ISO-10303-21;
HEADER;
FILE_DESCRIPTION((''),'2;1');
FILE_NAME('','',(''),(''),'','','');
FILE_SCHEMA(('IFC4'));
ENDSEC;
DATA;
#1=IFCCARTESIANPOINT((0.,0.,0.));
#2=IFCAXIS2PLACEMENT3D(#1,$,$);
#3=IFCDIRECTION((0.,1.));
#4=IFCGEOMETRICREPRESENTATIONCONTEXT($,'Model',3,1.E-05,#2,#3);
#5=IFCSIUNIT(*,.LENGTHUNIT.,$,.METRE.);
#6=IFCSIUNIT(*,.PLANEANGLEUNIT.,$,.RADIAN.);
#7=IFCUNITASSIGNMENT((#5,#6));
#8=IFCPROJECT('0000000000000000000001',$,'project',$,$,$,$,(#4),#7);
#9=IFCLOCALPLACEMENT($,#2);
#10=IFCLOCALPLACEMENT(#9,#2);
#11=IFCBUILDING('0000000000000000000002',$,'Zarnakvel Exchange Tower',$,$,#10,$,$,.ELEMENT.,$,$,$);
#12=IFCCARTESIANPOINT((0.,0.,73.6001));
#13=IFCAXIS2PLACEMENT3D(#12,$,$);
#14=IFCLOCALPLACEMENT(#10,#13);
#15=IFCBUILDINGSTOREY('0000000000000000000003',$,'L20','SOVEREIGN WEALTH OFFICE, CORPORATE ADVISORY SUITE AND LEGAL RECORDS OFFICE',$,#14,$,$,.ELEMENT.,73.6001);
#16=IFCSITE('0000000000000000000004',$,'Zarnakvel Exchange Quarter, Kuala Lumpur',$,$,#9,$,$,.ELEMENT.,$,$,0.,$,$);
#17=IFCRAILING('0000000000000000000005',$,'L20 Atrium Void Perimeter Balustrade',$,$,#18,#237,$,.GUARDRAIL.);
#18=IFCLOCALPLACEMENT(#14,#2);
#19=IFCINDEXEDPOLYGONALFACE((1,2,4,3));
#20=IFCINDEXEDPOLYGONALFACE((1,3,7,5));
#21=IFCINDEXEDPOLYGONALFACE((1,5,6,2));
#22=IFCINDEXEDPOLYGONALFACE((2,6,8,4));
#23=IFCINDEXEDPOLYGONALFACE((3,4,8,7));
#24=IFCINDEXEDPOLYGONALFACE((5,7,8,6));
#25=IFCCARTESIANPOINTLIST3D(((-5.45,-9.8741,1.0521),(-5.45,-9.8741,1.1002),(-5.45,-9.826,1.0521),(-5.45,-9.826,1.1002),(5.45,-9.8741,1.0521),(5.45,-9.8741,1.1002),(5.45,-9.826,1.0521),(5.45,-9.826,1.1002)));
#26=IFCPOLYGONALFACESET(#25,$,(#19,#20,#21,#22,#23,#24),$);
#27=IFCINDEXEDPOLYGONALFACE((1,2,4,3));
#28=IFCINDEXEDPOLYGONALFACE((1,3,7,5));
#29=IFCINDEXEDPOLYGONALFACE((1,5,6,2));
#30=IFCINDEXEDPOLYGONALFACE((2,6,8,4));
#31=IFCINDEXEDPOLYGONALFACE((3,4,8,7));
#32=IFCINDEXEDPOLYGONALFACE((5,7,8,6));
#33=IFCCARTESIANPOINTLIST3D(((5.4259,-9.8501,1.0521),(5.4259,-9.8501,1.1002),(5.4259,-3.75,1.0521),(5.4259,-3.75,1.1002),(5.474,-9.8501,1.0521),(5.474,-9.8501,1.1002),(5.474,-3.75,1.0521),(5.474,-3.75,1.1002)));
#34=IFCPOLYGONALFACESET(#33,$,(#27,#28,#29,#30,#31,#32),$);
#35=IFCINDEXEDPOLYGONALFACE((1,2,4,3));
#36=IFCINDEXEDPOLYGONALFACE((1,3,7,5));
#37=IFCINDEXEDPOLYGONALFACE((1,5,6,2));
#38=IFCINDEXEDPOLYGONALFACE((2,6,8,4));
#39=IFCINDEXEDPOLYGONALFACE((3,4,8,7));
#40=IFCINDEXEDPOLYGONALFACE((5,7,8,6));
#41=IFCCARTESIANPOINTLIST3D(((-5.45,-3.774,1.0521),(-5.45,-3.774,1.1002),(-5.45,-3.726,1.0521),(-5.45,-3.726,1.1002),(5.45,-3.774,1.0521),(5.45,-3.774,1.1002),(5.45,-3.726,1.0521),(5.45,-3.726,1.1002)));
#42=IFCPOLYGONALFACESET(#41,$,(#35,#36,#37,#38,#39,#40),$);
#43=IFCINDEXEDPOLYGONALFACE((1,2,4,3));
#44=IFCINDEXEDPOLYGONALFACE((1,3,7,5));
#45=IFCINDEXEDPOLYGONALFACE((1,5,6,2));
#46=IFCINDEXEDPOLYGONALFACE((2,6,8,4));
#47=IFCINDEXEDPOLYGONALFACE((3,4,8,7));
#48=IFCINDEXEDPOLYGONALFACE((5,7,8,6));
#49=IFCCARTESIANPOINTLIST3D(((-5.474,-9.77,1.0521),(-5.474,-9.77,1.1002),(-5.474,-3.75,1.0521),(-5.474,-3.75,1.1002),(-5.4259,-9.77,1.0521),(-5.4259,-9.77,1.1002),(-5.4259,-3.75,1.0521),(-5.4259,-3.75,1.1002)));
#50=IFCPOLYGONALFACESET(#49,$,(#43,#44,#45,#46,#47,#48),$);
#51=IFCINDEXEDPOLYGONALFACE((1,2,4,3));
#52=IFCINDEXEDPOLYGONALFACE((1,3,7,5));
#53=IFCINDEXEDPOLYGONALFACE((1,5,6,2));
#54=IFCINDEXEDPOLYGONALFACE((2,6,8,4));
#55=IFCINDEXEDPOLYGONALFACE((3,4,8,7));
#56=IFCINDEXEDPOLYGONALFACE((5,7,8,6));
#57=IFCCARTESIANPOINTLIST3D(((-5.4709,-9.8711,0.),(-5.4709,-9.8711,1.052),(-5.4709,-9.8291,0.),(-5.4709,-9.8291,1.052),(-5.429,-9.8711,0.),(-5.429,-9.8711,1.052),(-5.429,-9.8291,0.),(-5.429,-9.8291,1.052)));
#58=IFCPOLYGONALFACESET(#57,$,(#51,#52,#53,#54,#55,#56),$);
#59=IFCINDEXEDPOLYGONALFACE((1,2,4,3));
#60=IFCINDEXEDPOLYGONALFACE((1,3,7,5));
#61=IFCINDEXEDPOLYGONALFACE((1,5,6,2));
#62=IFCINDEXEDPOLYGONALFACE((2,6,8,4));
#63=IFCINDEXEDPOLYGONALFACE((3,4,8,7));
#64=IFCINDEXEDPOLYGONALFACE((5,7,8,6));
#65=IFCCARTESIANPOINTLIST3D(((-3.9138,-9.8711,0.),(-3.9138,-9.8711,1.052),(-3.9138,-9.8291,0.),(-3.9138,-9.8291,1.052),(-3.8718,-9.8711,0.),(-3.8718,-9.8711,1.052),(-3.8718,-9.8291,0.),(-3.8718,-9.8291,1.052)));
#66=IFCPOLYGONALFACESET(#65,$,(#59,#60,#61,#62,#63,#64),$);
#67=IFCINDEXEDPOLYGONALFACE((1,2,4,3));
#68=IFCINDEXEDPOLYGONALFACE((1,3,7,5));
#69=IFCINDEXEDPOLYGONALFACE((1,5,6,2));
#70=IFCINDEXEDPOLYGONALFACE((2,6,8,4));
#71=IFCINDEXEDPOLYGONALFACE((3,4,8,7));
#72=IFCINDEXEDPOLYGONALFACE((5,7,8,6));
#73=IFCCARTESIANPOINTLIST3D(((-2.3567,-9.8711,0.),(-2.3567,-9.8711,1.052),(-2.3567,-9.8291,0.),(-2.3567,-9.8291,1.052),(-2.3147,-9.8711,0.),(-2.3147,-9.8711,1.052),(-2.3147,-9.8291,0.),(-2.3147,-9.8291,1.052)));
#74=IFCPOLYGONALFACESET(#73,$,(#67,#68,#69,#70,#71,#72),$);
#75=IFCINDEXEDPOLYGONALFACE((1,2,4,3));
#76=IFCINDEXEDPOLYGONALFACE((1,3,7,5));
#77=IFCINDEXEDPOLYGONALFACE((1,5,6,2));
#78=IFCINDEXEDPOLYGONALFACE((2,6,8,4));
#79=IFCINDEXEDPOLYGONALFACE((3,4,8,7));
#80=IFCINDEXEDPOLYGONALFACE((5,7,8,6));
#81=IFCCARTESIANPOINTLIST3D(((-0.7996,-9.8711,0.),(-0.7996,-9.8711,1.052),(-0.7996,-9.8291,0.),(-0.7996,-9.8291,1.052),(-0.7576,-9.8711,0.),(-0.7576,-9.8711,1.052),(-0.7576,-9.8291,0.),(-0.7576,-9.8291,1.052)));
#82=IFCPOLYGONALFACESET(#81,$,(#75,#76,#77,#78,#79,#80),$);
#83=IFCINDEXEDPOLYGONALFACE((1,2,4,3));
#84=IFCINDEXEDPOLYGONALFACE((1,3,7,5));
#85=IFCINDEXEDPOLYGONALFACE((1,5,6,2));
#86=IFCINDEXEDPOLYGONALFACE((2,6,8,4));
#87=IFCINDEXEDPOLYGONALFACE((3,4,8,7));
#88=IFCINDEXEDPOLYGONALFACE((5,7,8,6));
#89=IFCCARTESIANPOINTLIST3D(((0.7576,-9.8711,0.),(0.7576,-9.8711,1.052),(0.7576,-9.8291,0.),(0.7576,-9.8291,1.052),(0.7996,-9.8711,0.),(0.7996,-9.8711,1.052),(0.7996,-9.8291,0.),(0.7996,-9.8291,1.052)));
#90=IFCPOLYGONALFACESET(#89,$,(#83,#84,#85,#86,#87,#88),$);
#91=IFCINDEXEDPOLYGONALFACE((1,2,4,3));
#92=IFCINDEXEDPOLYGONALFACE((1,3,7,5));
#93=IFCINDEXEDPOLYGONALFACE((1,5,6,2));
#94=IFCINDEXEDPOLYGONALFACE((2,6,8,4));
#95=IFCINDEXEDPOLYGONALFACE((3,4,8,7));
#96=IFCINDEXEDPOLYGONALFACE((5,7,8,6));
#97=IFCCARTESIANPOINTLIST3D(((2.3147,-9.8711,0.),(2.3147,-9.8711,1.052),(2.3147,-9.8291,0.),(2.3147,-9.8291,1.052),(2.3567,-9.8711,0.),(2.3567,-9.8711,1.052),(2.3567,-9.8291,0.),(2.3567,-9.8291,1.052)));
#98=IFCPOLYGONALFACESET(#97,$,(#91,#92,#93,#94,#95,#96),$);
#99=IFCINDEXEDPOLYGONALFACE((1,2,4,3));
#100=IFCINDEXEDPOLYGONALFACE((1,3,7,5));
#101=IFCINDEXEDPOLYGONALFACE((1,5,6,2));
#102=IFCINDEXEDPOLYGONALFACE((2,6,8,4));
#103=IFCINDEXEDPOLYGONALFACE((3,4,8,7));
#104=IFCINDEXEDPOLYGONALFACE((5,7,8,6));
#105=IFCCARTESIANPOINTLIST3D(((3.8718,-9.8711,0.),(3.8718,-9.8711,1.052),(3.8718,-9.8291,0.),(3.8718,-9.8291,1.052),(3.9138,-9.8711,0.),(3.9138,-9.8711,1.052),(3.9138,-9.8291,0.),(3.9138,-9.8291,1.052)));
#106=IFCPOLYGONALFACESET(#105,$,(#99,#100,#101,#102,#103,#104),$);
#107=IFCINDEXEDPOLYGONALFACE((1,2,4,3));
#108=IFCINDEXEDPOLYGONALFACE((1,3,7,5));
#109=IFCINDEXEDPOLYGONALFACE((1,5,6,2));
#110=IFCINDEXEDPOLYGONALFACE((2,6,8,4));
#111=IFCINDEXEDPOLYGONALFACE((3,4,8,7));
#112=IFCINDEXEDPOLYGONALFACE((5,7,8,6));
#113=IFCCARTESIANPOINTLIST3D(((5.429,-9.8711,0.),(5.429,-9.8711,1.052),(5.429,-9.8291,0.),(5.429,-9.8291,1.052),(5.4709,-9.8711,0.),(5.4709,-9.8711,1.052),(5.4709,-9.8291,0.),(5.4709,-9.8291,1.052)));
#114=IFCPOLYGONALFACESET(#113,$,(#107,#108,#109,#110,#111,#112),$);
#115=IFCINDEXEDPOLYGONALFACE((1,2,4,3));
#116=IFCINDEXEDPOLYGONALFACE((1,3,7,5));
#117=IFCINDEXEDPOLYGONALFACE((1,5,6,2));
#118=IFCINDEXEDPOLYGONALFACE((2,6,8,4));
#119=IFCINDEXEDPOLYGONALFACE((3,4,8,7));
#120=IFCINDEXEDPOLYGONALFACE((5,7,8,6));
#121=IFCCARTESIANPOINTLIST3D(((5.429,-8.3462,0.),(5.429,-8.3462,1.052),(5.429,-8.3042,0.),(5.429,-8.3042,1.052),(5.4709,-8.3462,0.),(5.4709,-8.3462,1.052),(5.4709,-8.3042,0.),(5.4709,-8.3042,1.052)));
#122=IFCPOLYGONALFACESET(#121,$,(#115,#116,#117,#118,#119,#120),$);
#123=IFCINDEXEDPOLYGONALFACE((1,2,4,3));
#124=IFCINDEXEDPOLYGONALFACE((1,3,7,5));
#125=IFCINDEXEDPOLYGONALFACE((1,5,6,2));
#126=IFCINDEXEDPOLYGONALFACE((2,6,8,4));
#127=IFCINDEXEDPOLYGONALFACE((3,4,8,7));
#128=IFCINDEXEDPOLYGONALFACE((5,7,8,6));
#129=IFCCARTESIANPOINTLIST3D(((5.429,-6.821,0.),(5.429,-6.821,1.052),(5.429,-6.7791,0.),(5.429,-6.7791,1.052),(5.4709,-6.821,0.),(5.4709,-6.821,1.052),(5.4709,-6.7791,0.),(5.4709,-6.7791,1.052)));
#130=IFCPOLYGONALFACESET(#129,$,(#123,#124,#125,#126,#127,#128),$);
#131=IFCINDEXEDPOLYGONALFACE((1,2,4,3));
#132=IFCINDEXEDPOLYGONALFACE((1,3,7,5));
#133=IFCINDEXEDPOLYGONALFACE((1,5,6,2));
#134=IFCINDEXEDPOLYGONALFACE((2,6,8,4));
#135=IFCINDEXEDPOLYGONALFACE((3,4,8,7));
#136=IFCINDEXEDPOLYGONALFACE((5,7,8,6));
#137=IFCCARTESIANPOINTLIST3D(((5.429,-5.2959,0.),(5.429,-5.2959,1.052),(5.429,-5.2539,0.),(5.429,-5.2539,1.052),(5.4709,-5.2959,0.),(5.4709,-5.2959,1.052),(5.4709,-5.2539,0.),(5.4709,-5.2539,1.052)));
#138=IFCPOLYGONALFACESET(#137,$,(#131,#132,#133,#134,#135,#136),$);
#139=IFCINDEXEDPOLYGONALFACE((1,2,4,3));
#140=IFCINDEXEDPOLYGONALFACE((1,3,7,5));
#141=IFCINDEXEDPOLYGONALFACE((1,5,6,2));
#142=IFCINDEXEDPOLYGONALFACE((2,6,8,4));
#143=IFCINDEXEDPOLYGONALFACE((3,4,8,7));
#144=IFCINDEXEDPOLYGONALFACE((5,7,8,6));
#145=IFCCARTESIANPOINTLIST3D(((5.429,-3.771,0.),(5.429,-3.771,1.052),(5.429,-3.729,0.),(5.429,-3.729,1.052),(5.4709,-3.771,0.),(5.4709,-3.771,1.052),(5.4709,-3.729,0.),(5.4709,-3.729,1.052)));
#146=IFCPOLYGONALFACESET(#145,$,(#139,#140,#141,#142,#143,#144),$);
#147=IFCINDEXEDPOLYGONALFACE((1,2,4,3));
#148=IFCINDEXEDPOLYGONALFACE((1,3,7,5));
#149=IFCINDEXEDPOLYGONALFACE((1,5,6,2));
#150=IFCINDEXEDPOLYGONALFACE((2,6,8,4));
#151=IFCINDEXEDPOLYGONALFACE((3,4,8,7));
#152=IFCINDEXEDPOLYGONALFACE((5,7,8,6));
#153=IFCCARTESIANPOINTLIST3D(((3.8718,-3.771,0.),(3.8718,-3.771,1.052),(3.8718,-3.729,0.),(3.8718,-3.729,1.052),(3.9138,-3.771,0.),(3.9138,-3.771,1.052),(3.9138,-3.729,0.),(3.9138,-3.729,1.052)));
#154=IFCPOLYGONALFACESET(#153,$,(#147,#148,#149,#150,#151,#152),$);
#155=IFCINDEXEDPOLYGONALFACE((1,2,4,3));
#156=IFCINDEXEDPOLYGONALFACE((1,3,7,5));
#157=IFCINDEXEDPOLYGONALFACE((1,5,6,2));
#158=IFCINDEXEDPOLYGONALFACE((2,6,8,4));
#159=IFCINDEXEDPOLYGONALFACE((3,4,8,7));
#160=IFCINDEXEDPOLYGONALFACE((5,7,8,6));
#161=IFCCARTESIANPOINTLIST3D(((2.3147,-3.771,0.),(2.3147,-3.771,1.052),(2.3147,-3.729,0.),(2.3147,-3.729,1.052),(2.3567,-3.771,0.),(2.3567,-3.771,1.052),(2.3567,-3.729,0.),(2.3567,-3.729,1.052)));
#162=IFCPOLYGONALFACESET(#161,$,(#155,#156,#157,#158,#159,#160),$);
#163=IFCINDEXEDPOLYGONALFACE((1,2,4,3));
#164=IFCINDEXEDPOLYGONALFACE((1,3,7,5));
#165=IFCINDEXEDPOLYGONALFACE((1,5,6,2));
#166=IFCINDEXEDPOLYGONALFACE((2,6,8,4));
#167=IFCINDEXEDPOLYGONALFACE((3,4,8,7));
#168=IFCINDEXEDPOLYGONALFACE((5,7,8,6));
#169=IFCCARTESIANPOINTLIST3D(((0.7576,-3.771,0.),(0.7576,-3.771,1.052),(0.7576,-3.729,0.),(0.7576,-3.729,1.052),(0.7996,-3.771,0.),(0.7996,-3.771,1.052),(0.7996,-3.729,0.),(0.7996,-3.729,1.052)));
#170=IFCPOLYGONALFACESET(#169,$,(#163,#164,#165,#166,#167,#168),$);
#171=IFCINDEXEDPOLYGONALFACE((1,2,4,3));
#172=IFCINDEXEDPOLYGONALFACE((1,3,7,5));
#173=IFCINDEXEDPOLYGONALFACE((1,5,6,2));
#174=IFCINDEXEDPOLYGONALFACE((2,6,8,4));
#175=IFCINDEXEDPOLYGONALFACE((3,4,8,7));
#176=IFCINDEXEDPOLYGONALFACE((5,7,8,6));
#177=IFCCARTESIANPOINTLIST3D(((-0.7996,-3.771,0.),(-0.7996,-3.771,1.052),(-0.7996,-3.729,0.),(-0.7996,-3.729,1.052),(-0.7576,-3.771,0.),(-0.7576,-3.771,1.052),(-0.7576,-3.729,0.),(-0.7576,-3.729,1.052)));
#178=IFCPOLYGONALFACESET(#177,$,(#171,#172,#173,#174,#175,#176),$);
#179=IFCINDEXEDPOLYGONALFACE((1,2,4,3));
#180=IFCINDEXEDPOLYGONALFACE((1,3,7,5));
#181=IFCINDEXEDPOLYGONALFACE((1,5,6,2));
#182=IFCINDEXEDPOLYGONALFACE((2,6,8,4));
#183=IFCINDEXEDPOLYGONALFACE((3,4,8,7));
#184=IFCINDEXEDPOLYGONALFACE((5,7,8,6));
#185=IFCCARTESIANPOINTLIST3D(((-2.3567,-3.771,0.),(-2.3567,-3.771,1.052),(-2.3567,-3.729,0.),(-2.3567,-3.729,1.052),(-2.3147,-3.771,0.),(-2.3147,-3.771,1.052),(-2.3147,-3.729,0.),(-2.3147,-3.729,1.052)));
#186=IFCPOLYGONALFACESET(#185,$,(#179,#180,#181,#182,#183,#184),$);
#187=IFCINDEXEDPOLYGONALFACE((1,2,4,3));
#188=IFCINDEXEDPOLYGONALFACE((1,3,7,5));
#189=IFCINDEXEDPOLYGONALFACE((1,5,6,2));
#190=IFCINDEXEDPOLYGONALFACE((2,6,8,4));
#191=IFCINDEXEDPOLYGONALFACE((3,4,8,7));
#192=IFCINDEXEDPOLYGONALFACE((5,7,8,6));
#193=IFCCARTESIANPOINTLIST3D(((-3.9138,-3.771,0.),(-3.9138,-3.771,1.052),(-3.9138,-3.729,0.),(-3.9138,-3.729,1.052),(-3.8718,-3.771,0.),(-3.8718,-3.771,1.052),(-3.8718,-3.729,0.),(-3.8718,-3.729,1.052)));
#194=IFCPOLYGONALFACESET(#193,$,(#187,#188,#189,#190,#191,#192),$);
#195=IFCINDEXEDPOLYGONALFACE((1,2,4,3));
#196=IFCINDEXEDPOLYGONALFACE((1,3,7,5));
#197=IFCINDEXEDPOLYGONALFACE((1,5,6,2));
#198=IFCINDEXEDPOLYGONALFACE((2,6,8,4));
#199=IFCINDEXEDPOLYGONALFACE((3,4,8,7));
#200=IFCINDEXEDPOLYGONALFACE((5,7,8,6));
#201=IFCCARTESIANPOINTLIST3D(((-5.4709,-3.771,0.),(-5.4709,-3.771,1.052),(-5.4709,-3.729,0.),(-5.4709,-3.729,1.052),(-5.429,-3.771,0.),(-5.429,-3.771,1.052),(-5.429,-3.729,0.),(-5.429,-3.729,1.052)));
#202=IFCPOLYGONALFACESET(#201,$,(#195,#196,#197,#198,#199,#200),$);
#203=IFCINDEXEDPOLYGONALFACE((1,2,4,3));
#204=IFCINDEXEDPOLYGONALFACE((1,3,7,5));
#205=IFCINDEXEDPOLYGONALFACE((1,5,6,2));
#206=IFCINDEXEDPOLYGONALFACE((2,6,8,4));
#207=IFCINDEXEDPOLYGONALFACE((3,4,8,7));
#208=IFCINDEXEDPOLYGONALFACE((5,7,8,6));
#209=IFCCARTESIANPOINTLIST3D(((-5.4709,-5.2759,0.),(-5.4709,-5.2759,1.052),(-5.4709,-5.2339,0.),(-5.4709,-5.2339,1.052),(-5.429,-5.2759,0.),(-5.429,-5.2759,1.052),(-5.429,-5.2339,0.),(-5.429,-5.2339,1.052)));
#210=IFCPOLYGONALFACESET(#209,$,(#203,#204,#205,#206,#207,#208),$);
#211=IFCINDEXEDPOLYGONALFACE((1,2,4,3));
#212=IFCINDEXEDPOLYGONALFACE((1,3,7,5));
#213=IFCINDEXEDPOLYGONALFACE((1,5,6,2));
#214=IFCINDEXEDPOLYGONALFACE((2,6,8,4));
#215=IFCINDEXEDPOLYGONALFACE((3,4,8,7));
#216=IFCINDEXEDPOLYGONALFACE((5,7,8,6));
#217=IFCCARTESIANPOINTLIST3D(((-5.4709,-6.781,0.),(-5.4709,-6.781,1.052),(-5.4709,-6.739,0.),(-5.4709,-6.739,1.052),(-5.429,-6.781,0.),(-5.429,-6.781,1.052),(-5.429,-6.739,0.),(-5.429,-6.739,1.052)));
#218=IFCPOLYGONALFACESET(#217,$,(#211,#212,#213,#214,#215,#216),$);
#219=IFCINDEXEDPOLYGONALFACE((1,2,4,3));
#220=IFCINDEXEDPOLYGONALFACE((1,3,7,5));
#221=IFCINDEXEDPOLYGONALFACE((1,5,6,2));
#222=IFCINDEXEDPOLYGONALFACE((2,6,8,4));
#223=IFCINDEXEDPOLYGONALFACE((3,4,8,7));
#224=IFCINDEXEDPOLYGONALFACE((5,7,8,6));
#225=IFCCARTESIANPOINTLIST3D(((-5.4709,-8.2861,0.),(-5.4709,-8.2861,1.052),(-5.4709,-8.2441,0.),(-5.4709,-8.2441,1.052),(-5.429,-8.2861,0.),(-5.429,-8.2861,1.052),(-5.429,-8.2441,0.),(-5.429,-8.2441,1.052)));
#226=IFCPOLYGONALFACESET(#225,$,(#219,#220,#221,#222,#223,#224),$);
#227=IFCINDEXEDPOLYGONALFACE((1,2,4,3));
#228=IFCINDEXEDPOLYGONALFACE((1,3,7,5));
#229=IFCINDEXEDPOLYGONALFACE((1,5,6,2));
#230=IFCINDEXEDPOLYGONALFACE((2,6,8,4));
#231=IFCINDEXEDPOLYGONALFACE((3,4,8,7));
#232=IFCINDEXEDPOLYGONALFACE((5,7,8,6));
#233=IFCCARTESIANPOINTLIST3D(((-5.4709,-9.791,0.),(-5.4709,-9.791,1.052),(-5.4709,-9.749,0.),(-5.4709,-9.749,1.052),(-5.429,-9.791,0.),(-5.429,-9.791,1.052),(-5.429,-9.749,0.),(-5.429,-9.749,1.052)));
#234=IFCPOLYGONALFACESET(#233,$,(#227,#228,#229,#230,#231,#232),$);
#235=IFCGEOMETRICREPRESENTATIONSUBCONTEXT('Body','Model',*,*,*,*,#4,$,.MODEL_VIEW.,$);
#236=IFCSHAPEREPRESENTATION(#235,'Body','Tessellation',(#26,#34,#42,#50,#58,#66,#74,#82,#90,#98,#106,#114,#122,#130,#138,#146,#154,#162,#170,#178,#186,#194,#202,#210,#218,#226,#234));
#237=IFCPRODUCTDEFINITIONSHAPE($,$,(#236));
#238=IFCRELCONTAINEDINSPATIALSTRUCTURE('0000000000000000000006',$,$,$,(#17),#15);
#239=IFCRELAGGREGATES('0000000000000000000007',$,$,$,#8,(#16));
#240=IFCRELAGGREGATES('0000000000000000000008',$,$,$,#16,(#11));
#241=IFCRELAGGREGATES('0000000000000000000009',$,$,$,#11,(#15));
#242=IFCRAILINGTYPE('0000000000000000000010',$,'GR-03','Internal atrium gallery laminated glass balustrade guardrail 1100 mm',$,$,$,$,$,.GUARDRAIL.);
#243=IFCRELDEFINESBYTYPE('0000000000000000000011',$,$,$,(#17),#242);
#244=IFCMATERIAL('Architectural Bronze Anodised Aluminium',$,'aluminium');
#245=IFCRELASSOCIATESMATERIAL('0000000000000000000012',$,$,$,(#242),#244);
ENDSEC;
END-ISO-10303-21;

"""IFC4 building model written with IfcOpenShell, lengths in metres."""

from ifc_helpers import new_model, si_unit, direction, frame, origin, origin_2d, place, context, subcontext, project, spatial, rectangle, extrude, material, type_object, element, save


model = new_model("IFC4")

# Units and contexts
model_context = context("Model", 3, precision=1e-05, world=origin(), true_north=direction((0.0, 1.0)))
body_context = subcontext(model_context, "Body", "Model", "MODEL_VIEW")
ifc_project = project(units=[si_unit("LENGTHUNIT", "METRE"), si_unit("PLANEANGLEUNIT", "RADIAN")], contexts=[model_context])

# Site, building, storey
site_placement = place(None, origin())
site = spatial("IfcSite", under=ifc_project, at=site_placement, Name="Zarnakvel Exchange Quarter, Kuala Lumpur", CompositionType="ELEMENT", RefElevation=0.0)
building_placement = place(site_placement, origin())
building = spatial("IfcBuilding", under=site, at=building_placement, Name="Zarnakvel Exchange Tower", CompositionType="ELEMENT")
storey_placement = place(building_placement, frame((0.0, 0.0, 73.6001)))
storey = spatial("IfcBuildingStorey", under=building, at=storey_placement, Name="L20", Description="SOVEREIGN WEALTH OFFICE, CORPORATE ADVISORY SUITE AND LEGAL RECORDS OFFICE", CompositionType="ELEMENT", Elevation=73.6001)

# Shared definitions
ifc_material_1 = material(Name="Architectural Bronze Anodised Aluminium", Category="aluminium")

# Railing
railing_type_1 = type_object("IfcRailingType", Name="GR-03", Description="Internal atrium gallery laminated glass balustrade guardrail 1100 mm", PredefinedType="GUARDRAIL", material=ifc_material_1)
railing_1_placement = place(storey_placement, frame((-5.45, -9.8501, 0.0)))
element("IfcRailing", 1, at=railing_1_placement, inside=storey, type_object=railing_type_1, Name="L20 Atrium Void Perimeter Balustrade", PredefinedType="GUARDRAIL", context=body_context, shape_type="SweptSolid", body=[
    extrude(rectangle(XDim=0.0481, YDim=0.0481, at=origin_2d()), frame((0.0, 0.0, 1.0762), z_axis=(1.0, 0.0, 0.0), x_axis=(0.0, 1.0, 0.0)), (0.0, 0.0, 1.0), 10.8999),
    extrude(rectangle(XDim=0.0481, YDim=0.0481, at=origin_2d()), frame((10.8999, 0.0, 1.0762), z_axis=(0.0, 1.0, 0.0), x_axis=(-1.0, 0.0, 0.0)), (0.0, 0.0, 1.0), 6.1001),
    extrude(rectangle(XDim=0.0481, YDim=0.0481, at=origin_2d()), frame((10.8999, 6.1001, 1.0762), z_axis=(-1.0, 0.0, 0.0), x_axis=(0.0, -1.0, 0.0)), (0.0, 0.0, 1.0), 10.8999),
    extrude(rectangle(XDim=0.0481, YDim=0.0481, at=origin_2d()), frame((0.0, 6.1001, 1.0762), z_axis=(0.0, -1.0, 0.0), x_axis=(1.0, 0.0, 0.0)), (0.0, 0.0, 1.0), 6.02),
    extrude(rectangle(XDim=0.042, YDim=0.042, at=origin_2d()), origin(), (0.0, 0.0, 1.0), 1.052),
    extrude(rectangle(XDim=0.042, YDim=0.042, at=origin_2d()), frame((1.5571, 0.0, 0.0)), (0.0, 0.0, 1.0), 1.052),
    extrude(rectangle(XDim=0.042, YDim=0.042, at=origin_2d()), frame((3.1143, 0.0, 0.0)), (0.0, 0.0, 1.0), 1.052),
    extrude(rectangle(XDim=0.042, YDim=0.042, at=origin_2d()), frame((4.6714, 0.0, 0.0)), (0.0, 0.0, 1.0), 1.052),
    extrude(rectangle(XDim=0.042, YDim=0.042, at=origin_2d()), frame((6.2285, 0.0, 0.0)), (0.0, 0.0, 1.0), 1.052),
    extrude(rectangle(XDim=0.042, YDim=0.042, at=origin_2d()), frame((7.7856, 0.0, 0.0)), (0.0, 0.0, 1.0), 1.052),
    extrude(rectangle(XDim=0.042, YDim=0.042, at=origin_2d()), frame((9.3428, 0.0, 0.0)), (0.0, 0.0, 1.0), 1.052),
    extrude(rectangle(XDim=0.042, YDim=0.042, at=origin_2d()), frame((10.8999, 0.0, 0.0)), (0.0, 0.0, 1.0), 1.052),
    extrude(rectangle(XDim=0.042, YDim=0.042, at=origin_2d()), frame((10.8999, 1.5249, 0.0)), (0.0, 0.0, 1.0), 1.052),
    extrude(rectangle(XDim=0.042, YDim=0.042, at=origin_2d()), frame((10.8999, 3.05, 0.0)), (0.0, 0.0, 1.0), 1.052),
    extrude(rectangle(XDim=0.042, YDim=0.042, at=origin_2d()), frame((10.8999, 4.5752, 0.0)), (0.0, 0.0, 1.0), 1.052),
    extrude(rectangle(XDim=0.042, YDim=0.042, at=origin_2d()), frame((10.8999, 6.1001, 0.0)), (0.0, 0.0, 1.0), 1.052),
    extrude(rectangle(XDim=0.042, YDim=0.042, at=origin_2d()), frame((9.3428, 6.1001, 0.0)), (0.0, 0.0, 1.0), 1.052),
    extrude(rectangle(XDim=0.042, YDim=0.042, at=origin_2d()), frame((7.7856, 6.1001, 0.0)), (0.0, 0.0, 1.0), 1.052),
    extrude(rectangle(XDim=0.042, YDim=0.042, at=origin_2d()), frame((6.2285, 6.1001, 0.0)), (0.0, 0.0, 1.0), 1.052),
    extrude(rectangle(XDim=0.042, YDim=0.042, at=origin_2d()), frame((4.6714, 6.1001, 0.0)), (0.0, 0.0, 1.0), 1.052),
    extrude(rectangle(XDim=0.042, YDim=0.042, at=origin_2d()), frame((3.1143, 6.1001, 0.0)), (0.0, 0.0, 1.0), 1.052),
    extrude(rectangle(XDim=0.042, YDim=0.042, at=origin_2d()), frame((1.5571, 6.1001, 0.0)), (0.0, 0.0, 1.0), 1.052),
    extrude(rectangle(XDim=0.042, YDim=0.042, at=origin_2d()), frame((0.0, 6.1001, 0.0)), (0.0, 0.0, 1.0), 1.052),
    extrude(rectangle(XDim=0.042, YDim=0.042, at=origin_2d()), frame((0.0, 4.5952, 0.0)), (0.0, 0.0, 1.0), 1.052),
    extrude(rectangle(XDim=0.042, YDim=0.042, at=origin_2d()), frame((0.0, 3.0901, 0.0)), (0.0, 0.0, 1.0), 1.052),
    extrude(rectangle(XDim=0.042, YDim=0.042, at=origin_2d()), frame((0.0, 1.585, 0.0)), (0.0, 0.0, 1.0), 1.052),
    extrude(rectangle(XDim=0.042, YDim=0.042, at=origin_2d()), frame((0.0, 0.0801, 0.0)), (0.0, 0.0, 1.0), 1.052),
])

save(model, "model.ifc")
